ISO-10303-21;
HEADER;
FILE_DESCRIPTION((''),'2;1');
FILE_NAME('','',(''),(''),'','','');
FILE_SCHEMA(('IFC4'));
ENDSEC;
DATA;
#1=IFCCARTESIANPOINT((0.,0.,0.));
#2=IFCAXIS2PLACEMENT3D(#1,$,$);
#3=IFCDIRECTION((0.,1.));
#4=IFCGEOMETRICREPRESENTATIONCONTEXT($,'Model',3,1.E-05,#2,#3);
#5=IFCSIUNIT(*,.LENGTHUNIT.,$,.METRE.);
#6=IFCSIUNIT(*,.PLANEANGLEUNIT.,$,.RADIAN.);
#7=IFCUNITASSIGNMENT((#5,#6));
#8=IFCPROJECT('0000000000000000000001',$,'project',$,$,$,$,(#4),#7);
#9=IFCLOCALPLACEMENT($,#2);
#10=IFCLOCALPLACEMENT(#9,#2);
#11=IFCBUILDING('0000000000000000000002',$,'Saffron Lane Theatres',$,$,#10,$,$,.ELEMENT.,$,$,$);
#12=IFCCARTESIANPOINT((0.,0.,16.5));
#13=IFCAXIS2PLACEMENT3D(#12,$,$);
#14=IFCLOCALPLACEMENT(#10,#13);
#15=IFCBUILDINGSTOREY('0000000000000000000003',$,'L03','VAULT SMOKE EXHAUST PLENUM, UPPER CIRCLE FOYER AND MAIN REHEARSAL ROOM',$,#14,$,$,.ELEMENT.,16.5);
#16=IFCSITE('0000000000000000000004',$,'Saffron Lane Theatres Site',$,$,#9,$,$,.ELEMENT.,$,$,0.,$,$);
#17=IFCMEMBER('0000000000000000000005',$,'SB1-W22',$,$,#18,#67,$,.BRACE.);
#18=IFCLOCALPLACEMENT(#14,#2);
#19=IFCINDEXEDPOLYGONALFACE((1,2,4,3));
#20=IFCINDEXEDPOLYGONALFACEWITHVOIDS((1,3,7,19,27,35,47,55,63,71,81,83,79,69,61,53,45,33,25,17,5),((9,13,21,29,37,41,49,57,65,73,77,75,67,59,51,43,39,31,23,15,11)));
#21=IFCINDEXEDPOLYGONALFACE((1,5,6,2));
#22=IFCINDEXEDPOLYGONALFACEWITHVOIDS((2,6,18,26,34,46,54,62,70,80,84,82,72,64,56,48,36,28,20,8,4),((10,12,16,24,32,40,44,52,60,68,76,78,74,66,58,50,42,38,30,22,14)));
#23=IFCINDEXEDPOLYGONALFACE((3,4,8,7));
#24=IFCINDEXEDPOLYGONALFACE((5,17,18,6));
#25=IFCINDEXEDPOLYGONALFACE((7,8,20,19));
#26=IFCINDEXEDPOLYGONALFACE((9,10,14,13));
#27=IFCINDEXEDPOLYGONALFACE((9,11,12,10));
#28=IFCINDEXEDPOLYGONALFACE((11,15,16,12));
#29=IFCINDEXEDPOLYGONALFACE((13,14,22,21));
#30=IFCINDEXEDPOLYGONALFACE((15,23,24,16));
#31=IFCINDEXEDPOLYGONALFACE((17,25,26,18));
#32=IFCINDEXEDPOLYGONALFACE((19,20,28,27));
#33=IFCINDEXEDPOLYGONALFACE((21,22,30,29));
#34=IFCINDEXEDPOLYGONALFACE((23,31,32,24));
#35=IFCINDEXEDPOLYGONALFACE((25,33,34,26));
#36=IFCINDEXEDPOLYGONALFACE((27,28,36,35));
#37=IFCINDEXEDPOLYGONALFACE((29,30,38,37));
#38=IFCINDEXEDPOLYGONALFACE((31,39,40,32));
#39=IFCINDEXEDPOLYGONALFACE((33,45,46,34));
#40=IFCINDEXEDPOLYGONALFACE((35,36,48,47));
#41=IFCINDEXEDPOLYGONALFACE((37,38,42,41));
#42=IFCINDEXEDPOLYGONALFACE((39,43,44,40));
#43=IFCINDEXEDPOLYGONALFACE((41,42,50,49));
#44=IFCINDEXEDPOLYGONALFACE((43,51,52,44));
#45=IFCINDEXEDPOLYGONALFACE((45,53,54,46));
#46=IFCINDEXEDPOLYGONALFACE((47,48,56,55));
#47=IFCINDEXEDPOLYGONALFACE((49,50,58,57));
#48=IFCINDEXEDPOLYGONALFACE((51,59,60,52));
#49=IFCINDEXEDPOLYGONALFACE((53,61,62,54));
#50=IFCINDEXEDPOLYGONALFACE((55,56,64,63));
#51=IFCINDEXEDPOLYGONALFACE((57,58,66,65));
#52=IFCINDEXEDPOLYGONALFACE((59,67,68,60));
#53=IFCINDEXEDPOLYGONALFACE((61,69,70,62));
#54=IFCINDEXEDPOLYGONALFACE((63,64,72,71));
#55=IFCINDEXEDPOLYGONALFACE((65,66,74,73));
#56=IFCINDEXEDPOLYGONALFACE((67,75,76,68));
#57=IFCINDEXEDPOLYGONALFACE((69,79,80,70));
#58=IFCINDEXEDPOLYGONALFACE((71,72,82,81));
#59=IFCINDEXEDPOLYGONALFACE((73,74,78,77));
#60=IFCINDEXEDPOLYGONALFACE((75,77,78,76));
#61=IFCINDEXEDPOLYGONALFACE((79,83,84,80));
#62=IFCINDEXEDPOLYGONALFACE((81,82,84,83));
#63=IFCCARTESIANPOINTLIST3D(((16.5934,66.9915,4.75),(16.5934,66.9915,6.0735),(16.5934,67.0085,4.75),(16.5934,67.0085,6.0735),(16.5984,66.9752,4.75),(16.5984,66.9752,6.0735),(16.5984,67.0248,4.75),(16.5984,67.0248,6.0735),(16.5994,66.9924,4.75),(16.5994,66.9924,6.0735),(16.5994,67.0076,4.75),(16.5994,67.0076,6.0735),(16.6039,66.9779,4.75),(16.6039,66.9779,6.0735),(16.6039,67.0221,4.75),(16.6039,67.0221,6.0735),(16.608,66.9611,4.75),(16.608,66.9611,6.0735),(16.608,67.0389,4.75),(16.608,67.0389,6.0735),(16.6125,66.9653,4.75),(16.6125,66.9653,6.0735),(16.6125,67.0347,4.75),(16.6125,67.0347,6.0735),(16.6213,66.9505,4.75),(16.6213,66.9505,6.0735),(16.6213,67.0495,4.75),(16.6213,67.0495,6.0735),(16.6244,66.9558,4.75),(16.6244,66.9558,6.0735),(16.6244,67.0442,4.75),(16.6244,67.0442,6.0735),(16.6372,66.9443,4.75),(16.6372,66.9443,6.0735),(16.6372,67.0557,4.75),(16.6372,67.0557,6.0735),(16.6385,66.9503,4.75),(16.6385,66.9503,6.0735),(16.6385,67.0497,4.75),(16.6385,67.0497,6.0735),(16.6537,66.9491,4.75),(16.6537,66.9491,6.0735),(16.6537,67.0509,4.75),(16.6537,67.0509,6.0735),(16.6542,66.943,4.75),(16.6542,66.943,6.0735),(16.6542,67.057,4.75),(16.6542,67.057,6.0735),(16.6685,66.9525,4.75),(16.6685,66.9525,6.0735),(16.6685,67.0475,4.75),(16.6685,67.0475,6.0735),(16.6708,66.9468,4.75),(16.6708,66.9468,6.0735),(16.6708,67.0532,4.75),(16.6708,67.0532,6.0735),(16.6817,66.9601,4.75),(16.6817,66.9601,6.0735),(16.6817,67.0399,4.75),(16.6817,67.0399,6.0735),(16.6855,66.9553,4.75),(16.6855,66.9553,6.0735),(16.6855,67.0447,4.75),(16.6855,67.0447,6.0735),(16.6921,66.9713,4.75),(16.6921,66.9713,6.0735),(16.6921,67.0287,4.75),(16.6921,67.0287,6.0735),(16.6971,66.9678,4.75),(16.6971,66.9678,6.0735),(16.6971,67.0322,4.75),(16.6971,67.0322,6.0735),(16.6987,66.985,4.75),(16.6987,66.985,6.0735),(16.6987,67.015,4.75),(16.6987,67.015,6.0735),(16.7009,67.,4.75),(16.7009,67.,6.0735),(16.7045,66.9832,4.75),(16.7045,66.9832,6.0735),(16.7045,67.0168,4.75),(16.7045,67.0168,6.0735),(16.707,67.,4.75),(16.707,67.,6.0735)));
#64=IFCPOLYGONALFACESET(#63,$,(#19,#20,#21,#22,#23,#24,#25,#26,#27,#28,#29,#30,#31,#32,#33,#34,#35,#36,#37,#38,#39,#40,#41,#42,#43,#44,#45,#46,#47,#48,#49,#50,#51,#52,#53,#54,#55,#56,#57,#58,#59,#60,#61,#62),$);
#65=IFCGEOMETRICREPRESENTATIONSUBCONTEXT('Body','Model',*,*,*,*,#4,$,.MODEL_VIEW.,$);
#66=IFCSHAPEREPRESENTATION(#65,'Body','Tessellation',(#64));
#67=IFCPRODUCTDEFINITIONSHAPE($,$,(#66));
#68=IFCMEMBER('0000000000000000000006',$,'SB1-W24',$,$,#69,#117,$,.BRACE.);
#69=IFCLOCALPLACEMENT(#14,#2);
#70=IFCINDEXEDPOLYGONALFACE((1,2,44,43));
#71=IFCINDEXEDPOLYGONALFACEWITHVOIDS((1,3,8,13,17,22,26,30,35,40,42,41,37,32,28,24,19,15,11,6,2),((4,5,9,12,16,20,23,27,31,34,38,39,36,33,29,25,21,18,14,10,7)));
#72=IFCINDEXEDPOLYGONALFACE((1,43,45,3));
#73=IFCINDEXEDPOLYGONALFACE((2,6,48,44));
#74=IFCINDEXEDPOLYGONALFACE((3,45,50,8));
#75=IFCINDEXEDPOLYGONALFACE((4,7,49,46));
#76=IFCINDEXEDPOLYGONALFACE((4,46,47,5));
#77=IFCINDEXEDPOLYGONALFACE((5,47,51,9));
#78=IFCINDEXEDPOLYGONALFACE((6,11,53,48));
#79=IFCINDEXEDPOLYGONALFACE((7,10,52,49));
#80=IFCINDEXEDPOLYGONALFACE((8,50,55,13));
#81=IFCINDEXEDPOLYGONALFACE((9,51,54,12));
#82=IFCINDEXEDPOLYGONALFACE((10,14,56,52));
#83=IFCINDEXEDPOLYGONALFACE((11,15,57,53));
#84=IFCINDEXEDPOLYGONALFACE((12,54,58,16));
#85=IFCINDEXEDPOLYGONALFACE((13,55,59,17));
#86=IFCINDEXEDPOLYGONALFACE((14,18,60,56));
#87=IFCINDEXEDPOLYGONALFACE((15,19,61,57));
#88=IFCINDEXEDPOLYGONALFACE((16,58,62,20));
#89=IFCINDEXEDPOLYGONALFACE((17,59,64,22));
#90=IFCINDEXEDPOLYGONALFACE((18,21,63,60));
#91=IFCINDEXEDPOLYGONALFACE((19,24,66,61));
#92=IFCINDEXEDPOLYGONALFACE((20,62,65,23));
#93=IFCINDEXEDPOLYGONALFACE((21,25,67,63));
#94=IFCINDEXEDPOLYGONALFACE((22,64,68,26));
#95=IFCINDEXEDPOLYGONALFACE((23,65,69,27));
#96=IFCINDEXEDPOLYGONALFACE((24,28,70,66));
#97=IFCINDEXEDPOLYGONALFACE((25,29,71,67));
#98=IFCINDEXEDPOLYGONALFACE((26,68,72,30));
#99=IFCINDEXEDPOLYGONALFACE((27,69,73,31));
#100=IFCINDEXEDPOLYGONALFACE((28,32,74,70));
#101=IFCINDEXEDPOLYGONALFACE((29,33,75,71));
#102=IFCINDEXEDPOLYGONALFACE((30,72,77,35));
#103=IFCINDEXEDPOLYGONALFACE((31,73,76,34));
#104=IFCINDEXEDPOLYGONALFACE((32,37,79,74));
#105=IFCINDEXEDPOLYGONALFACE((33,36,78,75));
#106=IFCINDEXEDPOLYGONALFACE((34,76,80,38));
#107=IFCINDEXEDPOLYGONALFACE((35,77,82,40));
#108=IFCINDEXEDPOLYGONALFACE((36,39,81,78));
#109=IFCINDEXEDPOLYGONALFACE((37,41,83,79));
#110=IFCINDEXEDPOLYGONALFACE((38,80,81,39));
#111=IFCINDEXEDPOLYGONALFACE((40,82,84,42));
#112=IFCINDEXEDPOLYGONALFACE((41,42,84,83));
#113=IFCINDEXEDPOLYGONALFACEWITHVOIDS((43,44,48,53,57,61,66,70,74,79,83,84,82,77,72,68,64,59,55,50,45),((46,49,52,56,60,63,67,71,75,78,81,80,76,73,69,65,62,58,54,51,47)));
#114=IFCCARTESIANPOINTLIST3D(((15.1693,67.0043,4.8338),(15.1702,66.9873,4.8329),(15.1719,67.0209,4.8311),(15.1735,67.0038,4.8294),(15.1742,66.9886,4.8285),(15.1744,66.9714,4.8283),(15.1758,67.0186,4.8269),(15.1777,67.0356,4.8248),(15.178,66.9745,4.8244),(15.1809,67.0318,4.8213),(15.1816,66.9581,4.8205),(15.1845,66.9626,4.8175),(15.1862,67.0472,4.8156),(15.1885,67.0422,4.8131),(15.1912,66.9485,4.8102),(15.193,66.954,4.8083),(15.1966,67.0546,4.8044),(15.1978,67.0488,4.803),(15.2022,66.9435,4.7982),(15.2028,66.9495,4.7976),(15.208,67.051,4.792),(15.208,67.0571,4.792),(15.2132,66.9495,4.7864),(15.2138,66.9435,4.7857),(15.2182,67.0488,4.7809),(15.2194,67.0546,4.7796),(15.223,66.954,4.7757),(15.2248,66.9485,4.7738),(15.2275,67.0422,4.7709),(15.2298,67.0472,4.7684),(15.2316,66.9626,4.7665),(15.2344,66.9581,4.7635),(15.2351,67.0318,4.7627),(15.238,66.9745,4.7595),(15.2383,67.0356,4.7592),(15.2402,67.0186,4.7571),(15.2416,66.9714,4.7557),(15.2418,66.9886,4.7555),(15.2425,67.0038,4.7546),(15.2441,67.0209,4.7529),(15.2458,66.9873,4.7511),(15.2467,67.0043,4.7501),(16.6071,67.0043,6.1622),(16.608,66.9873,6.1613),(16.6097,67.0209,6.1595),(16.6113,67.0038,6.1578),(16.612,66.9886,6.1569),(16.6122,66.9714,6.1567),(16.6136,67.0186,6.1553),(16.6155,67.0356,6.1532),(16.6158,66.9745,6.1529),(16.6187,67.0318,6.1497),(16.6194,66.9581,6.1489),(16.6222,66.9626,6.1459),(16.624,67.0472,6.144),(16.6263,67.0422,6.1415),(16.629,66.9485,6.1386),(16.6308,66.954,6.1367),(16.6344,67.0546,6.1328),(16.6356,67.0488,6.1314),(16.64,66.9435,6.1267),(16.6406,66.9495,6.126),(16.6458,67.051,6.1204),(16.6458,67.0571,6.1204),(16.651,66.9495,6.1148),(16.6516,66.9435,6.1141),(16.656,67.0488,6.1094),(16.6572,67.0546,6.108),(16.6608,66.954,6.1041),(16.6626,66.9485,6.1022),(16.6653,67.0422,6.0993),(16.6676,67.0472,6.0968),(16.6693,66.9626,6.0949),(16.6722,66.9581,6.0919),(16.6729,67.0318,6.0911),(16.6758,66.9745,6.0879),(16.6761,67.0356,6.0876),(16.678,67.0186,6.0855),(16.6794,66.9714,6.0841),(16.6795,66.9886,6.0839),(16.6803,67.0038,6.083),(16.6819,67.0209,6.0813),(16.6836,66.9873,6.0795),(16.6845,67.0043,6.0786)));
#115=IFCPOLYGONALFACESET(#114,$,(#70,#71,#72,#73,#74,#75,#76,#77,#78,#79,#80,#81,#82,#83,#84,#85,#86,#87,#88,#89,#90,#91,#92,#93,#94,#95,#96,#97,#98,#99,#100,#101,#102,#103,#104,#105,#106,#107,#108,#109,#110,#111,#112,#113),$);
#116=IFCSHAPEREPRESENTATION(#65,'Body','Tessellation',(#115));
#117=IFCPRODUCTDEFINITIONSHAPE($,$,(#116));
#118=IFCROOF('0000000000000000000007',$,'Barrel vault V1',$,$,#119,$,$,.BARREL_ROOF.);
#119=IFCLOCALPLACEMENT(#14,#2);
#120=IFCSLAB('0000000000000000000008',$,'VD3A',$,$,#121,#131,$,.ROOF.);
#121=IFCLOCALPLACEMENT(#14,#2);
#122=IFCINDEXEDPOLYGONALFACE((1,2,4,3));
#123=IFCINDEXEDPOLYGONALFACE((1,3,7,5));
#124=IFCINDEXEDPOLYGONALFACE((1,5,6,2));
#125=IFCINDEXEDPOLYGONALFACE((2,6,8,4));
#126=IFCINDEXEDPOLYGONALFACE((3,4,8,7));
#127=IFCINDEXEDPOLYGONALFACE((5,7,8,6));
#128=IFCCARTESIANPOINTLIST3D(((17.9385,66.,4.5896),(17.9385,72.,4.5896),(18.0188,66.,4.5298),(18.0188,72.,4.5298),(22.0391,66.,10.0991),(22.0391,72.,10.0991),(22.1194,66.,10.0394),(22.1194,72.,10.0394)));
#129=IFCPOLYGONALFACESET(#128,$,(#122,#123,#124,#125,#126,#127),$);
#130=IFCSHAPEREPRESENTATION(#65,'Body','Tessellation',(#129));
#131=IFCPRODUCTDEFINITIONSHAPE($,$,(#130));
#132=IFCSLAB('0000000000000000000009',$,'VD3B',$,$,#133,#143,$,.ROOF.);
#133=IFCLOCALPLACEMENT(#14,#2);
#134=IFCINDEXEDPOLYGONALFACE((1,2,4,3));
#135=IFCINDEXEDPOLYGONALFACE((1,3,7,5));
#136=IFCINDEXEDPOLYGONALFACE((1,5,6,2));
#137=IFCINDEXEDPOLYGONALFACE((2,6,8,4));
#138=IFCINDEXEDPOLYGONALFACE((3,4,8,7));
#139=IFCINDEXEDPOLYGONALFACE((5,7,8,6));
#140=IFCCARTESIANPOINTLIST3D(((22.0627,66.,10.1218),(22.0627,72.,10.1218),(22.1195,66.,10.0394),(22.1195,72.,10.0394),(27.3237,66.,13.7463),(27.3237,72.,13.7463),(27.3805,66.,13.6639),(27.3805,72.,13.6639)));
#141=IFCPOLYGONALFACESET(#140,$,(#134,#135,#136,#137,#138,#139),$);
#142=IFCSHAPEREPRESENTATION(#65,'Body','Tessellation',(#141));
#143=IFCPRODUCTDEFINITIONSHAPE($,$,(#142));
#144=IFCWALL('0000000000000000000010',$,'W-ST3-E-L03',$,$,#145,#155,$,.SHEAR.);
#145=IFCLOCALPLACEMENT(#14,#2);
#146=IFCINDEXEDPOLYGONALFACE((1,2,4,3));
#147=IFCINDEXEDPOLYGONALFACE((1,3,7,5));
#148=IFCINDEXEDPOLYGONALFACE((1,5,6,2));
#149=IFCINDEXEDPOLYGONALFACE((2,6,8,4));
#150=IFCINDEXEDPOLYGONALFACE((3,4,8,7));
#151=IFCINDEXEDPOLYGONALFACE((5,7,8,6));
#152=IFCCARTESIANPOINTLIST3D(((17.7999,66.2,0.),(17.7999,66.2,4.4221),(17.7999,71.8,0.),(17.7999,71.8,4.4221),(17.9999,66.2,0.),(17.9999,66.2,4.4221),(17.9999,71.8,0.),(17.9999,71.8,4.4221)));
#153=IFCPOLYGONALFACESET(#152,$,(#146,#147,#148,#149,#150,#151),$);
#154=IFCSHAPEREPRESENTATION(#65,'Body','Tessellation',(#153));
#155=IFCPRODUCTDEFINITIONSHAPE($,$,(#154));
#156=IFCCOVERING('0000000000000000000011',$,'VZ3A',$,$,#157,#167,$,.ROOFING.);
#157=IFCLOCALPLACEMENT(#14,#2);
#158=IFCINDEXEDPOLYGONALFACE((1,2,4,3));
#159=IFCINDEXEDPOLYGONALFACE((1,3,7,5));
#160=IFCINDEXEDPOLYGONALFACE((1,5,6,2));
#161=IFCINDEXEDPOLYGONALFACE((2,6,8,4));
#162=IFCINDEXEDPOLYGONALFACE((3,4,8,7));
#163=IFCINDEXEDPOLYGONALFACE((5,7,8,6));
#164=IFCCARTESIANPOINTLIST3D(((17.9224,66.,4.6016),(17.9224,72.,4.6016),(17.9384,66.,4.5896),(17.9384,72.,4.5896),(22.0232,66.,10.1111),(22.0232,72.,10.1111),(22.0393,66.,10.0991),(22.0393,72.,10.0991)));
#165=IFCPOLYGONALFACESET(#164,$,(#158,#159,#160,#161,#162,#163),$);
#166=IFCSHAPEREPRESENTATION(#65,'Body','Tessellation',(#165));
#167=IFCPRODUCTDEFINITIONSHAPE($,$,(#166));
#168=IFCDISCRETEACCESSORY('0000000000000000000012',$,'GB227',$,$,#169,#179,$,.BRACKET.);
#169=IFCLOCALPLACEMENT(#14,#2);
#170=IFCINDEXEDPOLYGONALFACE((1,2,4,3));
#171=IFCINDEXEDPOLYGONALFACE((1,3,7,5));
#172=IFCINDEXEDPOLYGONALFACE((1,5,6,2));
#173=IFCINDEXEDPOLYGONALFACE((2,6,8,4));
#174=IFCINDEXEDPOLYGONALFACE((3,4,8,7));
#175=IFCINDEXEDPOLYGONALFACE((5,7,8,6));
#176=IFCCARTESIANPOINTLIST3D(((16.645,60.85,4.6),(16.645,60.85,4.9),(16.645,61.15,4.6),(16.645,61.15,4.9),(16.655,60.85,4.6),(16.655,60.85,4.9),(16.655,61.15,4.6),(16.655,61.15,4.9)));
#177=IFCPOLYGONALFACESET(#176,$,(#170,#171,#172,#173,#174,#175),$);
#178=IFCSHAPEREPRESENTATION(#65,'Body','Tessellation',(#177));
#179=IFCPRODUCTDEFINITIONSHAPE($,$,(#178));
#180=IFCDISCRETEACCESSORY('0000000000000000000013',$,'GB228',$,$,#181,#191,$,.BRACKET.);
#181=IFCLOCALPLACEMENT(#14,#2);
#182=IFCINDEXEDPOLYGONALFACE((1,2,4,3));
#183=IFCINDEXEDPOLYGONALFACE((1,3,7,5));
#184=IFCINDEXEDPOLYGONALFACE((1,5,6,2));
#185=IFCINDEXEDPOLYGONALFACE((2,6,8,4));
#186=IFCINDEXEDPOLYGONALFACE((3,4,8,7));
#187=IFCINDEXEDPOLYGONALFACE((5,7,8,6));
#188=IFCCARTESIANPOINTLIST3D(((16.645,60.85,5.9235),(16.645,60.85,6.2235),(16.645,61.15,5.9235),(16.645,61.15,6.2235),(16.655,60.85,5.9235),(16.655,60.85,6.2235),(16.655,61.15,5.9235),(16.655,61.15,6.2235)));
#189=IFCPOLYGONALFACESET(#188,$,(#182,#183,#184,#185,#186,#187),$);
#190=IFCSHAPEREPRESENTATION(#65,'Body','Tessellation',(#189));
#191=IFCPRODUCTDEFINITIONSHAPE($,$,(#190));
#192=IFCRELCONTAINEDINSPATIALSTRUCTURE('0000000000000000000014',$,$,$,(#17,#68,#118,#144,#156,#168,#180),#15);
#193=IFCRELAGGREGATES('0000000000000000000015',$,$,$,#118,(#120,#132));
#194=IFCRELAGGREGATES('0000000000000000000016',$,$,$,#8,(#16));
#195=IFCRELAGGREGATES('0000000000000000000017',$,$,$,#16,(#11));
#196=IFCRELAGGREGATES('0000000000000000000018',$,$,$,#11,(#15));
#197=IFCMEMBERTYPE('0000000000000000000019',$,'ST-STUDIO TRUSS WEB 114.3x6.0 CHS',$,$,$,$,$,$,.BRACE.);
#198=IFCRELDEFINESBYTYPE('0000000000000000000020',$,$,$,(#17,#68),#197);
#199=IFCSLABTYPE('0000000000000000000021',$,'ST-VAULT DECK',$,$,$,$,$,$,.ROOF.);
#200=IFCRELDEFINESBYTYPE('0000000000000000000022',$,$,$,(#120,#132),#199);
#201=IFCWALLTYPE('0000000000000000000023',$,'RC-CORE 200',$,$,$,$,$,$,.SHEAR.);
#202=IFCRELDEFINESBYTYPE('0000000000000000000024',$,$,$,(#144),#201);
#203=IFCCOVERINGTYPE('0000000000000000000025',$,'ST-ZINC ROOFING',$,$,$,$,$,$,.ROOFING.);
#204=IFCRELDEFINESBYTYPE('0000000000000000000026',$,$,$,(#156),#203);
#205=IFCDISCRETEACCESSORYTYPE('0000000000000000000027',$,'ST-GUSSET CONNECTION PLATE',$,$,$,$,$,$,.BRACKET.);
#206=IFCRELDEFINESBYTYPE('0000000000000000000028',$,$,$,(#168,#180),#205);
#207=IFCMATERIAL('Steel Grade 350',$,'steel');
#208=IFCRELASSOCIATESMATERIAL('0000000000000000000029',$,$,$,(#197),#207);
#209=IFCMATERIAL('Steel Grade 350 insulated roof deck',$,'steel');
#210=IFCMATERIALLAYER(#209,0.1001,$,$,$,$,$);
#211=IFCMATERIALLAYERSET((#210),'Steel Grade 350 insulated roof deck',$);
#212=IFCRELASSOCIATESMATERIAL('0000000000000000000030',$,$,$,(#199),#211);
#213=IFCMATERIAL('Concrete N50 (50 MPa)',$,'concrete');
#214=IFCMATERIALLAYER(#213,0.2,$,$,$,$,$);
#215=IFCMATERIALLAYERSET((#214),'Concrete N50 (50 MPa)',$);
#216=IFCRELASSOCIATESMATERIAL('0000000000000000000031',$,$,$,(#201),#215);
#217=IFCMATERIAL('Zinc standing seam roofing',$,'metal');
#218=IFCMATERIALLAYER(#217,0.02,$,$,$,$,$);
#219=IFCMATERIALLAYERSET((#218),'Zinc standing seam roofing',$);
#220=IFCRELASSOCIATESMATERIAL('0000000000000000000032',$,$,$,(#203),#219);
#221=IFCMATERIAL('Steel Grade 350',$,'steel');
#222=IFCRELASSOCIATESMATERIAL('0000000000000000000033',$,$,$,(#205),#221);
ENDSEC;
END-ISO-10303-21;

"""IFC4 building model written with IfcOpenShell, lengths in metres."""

from ifc_helpers import new_model, si_unit, direction, frame, frame_2d, origin, origin_2d, place, context, subcontext, project, spatial, polyline, rectangle, hollow_circle, outline, extrude, material, layer, layer_set, material_profile, profile_set, type_object, element, aggregate, save


model = new_model("IFC4")

# Units and contexts
model_context = context("Model", 3, precision=1e-05, world=origin(), true_north=direction((0.0, 1.0)))
body_context = subcontext(model_context, "Body", "Model", "MODEL_VIEW")
ifc_project = project(units=[si_unit("LENGTHUNIT", "METRE"), si_unit("PLANEANGLEUNIT", "RADIAN")], contexts=[model_context])

# Site, building, storey
site_placement = place(None, origin())
site = spatial("IfcSite", under=ifc_project, at=site_placement, Name="Saffron Lane Theatres Site", CompositionType="ELEMENT", RefElevation=0.0)
building_placement = place(site_placement, origin())
building = spatial("IfcBuilding", under=site, at=building_placement, Name="Saffron Lane Theatres", CompositionType="ELEMENT")
storey_placement = place(building_placement, frame((0.0, 0.0, 16.5)))
storey = spatial("IfcBuildingStorey", under=building, at=storey_placement, Name="L03", Description="VAULT SMOKE EXHAUST PLENUM, UPPER CIRCLE FOYER AND MAIN REHEARSAL ROOM", CompositionType="ELEMENT", Elevation=16.5)

# Members
ifc_material_1 = material(Name="Steel Grade 350", Category="steel")
ifc_material_profile_1 = material_profile(ifc_material_1, hollow_circle(Radius=0.0571, WallThickness=0.0061, at=origin_2d()))
ifc_profile_set_1 = profile_set([ifc_material_profile_1], Name="Steel Grade 350")
member_type_1 = type_object("IfcMemberType", Name="ST-STUDIO TRUSS WEB 114.3x6.0 CHS", PredefinedType="BRACE", material=ifc_profile_set_1)
member_1_placement = place(storey_placement, frame((16.6499, 67.0, 4.75), z_axis=(0.0, 0.0, 1.0), x_axis=(1.0, 0.0, 0.0)))
element("IfcMember", 1, at=member_1_placement, inside=storey, type_object=member_type_1, Name="SB1-W22", PredefinedType="BRACE", context=body_context, shape_type="SweptSolid", body=[
    extrude(hollow_circle(Radius=0.0571, WallThickness=0.0061, at=origin_2d()), origin(), (0.0, 0.0, 1.0), 1.3235),
])
member_2_placement = place(storey_placement, frame((15.208, 67.0, 4.792), z_axis=(0.734493, 0.0, 0.678617), x_axis=(0.0, 1.0, 0.0)))
element("IfcMember", 2, at=member_2_placement, inside=storey, type_object=member_type_1, Name="SB1-W24", PredefinedType="BRACE", context=body_context, shape_type="SweptSolid", body=[
    extrude(hollow_circle(Radius=0.0571, WallThickness=0.0061, at=origin_2d()), origin(), (0.0, 0.0, 1.0), 1.9575),
])

# Roof, slabs
roof_placement = place(storey_placement, origin())
roof = element("IfcRoof", 3, at=roof_placement, inside=storey, Name="Barrel vault V1", PredefinedType="BARREL_ROOF")
ifc_material_2 = material(Name="Steel Grade 350 insulated roof deck", Category="steel")
ifc_layer_1 = layer(ifc_material_2, 0.1001)
ifc_layer_set_1 = layer_set([ifc_layer_1], Name="Steel Grade 350 insulated roof deck")
slab_type = type_object("IfcSlabType", Name="ST-VAULT DECK", PredefinedType="ROOF", material=ifc_layer_set_1)
slab_1_placement = place(storey_placement, frame((17.9385, 66.0, 4.5896), z_axis=(-0.8022, 0.0, 0.597055), x_axis=(0.597055, 0.0, 0.8022)))
slab_1 = element("IfcSlab", 4, at=slab_1_placement, type_object=slab_type, Name="VD3A", PredefinedType="ROOF", context=body_context, shape_type="SweptSolid", body=[
    extrude(outline(polyline([(0.0, 0.0), (6.868, 0.0), (6.868, 6.0), (0.0, 6.0), (0.0, 0.0)])), origin(), (0.0, 0.0, -1.0), 0.1001),
])
slab_2_placement = place(storey_placement, frame((22.0627, 66.0, 10.1218), z_axis=(-0.567335, 0.0, 0.823487), x_axis=(0.823487, 0.0, 0.567335)))
slab_2 = element("IfcSlab", 5, at=slab_2_placement, type_object=slab_type, Name="VD3B", PredefinedType="ROOF", context=body_context, shape_type="SweptSolid", body=[
    extrude(outline(polyline([(0.0, 0.0), (6.3887, 0.0), (6.3887, 6.0), (0.0, 6.0), (0.0, 0.0)])), origin(), (0.0, 0.0, -1.0), 0.1001),
])
aggregate(roof, [slab_1, slab_2])

# Wall
ifc_material_3 = material(Name="Concrete N50 (50 MPa)", Category="concrete")
ifc_layer_2 = layer(ifc_material_3, 0.2)
ifc_layer_set_2 = layer_set([ifc_layer_2], Name="Concrete N50 (50 MPa)")
wall_type = type_object("IfcWallType", Name="RC-CORE 200", PredefinedType="SHEAR", material=ifc_layer_set_2)
wall_placement = place(storey_placement, frame((17.8999, 66.2, 0.0), z_axis=(0.0, 0.0, 1.0), x_axis=(0.0, 1.0, 0.0)))
element("IfcWall", 6, at=wall_placement, inside=storey, type_object=wall_type, Name="W-ST3-E-L03", PredefinedType="SHEAR", context=body_context, shape_type="SweptSolid", body=[
    extrude(rectangle(XDim=5.6001, YDim=0.2, at=frame_2d((2.8, 0.0))), origin(), (0.0, 0.0, 1.0), 4.4221),
])

# Covering
ifc_material_4 = material(Name="Zinc standing seam roofing", Category="metal")
ifc_layer_3 = layer(ifc_material_4, 0.02)
ifc_layer_set_3 = layer_set([ifc_layer_3], Name="Zinc standing seam roofing")
covering_type = type_object("IfcCoveringType", Name="ST-ZINC ROOFING", PredefinedType="ROOFING", material=ifc_layer_set_3)
covering_placement = place(storey_placement, frame((17.9224, 66.0, 4.6016), z_axis=(-0.802183, 0.0, 0.597078), x_axis=(0.597078, 0.0, 0.802183)))
element("IfcCovering", 7, at=covering_placement, inside=storey, type_object=covering_type, Name="VZ3A", PredefinedType="ROOFING", context=body_context, shape_type="SweptSolid", body=[
    extrude(outline(polyline([(0.0, 0.0), (6.8682, 0.0), (6.8682, 6.0), (0.0, 6.0), (0.0, 0.0)])), origin(), (0.0, 0.0, -1.0), 0.02),
])

# Discrete accessories
ifc_material_5 = material(Name="Steel Grade 350", Category="steel")
ifc_material_profile_2 = material_profile(ifc_material_5, rectangle(XDim=0.3, YDim=0.3, at=origin_2d()))
ifc_profile_set_2 = profile_set([ifc_material_profile_2], Name="Steel Grade 350")
discrete_accessory_type_1 = type_object("IfcDiscreteAccessoryType", Name="ST-GUSSET CONNECTION PLATE", PredefinedType="BRACKET", material=ifc_profile_set_2)
for number, where, z_axis, x_axis, name in (
    (8, (16.645, 61.0, 4.75), (1.0, 0.0, 0.0), (0.0, 1.0, 0.0), "GB227"),
    (9, (16.645, 61.0, 6.0735), (1.0, 0.0, 0.0), (0.0, 1.0, 0.0), "GB228"),
):
    element("IfcDiscreteAccessory", number, at=place(storey_placement, frame(where, z_axis=z_axis, x_axis=x_axis)), inside=storey, type_object=discrete_accessory_type_1, Name=name, PredefinedType="BRACKET", context=body_context, shape_type="SweptSolid", body=[
        extrude(rectangle(XDim=0.3, YDim=0.3, at=origin_2d()), origin(), (0.0, 0.0, 1.0), 0.01),
    ])

save(model, "model.ifc")
